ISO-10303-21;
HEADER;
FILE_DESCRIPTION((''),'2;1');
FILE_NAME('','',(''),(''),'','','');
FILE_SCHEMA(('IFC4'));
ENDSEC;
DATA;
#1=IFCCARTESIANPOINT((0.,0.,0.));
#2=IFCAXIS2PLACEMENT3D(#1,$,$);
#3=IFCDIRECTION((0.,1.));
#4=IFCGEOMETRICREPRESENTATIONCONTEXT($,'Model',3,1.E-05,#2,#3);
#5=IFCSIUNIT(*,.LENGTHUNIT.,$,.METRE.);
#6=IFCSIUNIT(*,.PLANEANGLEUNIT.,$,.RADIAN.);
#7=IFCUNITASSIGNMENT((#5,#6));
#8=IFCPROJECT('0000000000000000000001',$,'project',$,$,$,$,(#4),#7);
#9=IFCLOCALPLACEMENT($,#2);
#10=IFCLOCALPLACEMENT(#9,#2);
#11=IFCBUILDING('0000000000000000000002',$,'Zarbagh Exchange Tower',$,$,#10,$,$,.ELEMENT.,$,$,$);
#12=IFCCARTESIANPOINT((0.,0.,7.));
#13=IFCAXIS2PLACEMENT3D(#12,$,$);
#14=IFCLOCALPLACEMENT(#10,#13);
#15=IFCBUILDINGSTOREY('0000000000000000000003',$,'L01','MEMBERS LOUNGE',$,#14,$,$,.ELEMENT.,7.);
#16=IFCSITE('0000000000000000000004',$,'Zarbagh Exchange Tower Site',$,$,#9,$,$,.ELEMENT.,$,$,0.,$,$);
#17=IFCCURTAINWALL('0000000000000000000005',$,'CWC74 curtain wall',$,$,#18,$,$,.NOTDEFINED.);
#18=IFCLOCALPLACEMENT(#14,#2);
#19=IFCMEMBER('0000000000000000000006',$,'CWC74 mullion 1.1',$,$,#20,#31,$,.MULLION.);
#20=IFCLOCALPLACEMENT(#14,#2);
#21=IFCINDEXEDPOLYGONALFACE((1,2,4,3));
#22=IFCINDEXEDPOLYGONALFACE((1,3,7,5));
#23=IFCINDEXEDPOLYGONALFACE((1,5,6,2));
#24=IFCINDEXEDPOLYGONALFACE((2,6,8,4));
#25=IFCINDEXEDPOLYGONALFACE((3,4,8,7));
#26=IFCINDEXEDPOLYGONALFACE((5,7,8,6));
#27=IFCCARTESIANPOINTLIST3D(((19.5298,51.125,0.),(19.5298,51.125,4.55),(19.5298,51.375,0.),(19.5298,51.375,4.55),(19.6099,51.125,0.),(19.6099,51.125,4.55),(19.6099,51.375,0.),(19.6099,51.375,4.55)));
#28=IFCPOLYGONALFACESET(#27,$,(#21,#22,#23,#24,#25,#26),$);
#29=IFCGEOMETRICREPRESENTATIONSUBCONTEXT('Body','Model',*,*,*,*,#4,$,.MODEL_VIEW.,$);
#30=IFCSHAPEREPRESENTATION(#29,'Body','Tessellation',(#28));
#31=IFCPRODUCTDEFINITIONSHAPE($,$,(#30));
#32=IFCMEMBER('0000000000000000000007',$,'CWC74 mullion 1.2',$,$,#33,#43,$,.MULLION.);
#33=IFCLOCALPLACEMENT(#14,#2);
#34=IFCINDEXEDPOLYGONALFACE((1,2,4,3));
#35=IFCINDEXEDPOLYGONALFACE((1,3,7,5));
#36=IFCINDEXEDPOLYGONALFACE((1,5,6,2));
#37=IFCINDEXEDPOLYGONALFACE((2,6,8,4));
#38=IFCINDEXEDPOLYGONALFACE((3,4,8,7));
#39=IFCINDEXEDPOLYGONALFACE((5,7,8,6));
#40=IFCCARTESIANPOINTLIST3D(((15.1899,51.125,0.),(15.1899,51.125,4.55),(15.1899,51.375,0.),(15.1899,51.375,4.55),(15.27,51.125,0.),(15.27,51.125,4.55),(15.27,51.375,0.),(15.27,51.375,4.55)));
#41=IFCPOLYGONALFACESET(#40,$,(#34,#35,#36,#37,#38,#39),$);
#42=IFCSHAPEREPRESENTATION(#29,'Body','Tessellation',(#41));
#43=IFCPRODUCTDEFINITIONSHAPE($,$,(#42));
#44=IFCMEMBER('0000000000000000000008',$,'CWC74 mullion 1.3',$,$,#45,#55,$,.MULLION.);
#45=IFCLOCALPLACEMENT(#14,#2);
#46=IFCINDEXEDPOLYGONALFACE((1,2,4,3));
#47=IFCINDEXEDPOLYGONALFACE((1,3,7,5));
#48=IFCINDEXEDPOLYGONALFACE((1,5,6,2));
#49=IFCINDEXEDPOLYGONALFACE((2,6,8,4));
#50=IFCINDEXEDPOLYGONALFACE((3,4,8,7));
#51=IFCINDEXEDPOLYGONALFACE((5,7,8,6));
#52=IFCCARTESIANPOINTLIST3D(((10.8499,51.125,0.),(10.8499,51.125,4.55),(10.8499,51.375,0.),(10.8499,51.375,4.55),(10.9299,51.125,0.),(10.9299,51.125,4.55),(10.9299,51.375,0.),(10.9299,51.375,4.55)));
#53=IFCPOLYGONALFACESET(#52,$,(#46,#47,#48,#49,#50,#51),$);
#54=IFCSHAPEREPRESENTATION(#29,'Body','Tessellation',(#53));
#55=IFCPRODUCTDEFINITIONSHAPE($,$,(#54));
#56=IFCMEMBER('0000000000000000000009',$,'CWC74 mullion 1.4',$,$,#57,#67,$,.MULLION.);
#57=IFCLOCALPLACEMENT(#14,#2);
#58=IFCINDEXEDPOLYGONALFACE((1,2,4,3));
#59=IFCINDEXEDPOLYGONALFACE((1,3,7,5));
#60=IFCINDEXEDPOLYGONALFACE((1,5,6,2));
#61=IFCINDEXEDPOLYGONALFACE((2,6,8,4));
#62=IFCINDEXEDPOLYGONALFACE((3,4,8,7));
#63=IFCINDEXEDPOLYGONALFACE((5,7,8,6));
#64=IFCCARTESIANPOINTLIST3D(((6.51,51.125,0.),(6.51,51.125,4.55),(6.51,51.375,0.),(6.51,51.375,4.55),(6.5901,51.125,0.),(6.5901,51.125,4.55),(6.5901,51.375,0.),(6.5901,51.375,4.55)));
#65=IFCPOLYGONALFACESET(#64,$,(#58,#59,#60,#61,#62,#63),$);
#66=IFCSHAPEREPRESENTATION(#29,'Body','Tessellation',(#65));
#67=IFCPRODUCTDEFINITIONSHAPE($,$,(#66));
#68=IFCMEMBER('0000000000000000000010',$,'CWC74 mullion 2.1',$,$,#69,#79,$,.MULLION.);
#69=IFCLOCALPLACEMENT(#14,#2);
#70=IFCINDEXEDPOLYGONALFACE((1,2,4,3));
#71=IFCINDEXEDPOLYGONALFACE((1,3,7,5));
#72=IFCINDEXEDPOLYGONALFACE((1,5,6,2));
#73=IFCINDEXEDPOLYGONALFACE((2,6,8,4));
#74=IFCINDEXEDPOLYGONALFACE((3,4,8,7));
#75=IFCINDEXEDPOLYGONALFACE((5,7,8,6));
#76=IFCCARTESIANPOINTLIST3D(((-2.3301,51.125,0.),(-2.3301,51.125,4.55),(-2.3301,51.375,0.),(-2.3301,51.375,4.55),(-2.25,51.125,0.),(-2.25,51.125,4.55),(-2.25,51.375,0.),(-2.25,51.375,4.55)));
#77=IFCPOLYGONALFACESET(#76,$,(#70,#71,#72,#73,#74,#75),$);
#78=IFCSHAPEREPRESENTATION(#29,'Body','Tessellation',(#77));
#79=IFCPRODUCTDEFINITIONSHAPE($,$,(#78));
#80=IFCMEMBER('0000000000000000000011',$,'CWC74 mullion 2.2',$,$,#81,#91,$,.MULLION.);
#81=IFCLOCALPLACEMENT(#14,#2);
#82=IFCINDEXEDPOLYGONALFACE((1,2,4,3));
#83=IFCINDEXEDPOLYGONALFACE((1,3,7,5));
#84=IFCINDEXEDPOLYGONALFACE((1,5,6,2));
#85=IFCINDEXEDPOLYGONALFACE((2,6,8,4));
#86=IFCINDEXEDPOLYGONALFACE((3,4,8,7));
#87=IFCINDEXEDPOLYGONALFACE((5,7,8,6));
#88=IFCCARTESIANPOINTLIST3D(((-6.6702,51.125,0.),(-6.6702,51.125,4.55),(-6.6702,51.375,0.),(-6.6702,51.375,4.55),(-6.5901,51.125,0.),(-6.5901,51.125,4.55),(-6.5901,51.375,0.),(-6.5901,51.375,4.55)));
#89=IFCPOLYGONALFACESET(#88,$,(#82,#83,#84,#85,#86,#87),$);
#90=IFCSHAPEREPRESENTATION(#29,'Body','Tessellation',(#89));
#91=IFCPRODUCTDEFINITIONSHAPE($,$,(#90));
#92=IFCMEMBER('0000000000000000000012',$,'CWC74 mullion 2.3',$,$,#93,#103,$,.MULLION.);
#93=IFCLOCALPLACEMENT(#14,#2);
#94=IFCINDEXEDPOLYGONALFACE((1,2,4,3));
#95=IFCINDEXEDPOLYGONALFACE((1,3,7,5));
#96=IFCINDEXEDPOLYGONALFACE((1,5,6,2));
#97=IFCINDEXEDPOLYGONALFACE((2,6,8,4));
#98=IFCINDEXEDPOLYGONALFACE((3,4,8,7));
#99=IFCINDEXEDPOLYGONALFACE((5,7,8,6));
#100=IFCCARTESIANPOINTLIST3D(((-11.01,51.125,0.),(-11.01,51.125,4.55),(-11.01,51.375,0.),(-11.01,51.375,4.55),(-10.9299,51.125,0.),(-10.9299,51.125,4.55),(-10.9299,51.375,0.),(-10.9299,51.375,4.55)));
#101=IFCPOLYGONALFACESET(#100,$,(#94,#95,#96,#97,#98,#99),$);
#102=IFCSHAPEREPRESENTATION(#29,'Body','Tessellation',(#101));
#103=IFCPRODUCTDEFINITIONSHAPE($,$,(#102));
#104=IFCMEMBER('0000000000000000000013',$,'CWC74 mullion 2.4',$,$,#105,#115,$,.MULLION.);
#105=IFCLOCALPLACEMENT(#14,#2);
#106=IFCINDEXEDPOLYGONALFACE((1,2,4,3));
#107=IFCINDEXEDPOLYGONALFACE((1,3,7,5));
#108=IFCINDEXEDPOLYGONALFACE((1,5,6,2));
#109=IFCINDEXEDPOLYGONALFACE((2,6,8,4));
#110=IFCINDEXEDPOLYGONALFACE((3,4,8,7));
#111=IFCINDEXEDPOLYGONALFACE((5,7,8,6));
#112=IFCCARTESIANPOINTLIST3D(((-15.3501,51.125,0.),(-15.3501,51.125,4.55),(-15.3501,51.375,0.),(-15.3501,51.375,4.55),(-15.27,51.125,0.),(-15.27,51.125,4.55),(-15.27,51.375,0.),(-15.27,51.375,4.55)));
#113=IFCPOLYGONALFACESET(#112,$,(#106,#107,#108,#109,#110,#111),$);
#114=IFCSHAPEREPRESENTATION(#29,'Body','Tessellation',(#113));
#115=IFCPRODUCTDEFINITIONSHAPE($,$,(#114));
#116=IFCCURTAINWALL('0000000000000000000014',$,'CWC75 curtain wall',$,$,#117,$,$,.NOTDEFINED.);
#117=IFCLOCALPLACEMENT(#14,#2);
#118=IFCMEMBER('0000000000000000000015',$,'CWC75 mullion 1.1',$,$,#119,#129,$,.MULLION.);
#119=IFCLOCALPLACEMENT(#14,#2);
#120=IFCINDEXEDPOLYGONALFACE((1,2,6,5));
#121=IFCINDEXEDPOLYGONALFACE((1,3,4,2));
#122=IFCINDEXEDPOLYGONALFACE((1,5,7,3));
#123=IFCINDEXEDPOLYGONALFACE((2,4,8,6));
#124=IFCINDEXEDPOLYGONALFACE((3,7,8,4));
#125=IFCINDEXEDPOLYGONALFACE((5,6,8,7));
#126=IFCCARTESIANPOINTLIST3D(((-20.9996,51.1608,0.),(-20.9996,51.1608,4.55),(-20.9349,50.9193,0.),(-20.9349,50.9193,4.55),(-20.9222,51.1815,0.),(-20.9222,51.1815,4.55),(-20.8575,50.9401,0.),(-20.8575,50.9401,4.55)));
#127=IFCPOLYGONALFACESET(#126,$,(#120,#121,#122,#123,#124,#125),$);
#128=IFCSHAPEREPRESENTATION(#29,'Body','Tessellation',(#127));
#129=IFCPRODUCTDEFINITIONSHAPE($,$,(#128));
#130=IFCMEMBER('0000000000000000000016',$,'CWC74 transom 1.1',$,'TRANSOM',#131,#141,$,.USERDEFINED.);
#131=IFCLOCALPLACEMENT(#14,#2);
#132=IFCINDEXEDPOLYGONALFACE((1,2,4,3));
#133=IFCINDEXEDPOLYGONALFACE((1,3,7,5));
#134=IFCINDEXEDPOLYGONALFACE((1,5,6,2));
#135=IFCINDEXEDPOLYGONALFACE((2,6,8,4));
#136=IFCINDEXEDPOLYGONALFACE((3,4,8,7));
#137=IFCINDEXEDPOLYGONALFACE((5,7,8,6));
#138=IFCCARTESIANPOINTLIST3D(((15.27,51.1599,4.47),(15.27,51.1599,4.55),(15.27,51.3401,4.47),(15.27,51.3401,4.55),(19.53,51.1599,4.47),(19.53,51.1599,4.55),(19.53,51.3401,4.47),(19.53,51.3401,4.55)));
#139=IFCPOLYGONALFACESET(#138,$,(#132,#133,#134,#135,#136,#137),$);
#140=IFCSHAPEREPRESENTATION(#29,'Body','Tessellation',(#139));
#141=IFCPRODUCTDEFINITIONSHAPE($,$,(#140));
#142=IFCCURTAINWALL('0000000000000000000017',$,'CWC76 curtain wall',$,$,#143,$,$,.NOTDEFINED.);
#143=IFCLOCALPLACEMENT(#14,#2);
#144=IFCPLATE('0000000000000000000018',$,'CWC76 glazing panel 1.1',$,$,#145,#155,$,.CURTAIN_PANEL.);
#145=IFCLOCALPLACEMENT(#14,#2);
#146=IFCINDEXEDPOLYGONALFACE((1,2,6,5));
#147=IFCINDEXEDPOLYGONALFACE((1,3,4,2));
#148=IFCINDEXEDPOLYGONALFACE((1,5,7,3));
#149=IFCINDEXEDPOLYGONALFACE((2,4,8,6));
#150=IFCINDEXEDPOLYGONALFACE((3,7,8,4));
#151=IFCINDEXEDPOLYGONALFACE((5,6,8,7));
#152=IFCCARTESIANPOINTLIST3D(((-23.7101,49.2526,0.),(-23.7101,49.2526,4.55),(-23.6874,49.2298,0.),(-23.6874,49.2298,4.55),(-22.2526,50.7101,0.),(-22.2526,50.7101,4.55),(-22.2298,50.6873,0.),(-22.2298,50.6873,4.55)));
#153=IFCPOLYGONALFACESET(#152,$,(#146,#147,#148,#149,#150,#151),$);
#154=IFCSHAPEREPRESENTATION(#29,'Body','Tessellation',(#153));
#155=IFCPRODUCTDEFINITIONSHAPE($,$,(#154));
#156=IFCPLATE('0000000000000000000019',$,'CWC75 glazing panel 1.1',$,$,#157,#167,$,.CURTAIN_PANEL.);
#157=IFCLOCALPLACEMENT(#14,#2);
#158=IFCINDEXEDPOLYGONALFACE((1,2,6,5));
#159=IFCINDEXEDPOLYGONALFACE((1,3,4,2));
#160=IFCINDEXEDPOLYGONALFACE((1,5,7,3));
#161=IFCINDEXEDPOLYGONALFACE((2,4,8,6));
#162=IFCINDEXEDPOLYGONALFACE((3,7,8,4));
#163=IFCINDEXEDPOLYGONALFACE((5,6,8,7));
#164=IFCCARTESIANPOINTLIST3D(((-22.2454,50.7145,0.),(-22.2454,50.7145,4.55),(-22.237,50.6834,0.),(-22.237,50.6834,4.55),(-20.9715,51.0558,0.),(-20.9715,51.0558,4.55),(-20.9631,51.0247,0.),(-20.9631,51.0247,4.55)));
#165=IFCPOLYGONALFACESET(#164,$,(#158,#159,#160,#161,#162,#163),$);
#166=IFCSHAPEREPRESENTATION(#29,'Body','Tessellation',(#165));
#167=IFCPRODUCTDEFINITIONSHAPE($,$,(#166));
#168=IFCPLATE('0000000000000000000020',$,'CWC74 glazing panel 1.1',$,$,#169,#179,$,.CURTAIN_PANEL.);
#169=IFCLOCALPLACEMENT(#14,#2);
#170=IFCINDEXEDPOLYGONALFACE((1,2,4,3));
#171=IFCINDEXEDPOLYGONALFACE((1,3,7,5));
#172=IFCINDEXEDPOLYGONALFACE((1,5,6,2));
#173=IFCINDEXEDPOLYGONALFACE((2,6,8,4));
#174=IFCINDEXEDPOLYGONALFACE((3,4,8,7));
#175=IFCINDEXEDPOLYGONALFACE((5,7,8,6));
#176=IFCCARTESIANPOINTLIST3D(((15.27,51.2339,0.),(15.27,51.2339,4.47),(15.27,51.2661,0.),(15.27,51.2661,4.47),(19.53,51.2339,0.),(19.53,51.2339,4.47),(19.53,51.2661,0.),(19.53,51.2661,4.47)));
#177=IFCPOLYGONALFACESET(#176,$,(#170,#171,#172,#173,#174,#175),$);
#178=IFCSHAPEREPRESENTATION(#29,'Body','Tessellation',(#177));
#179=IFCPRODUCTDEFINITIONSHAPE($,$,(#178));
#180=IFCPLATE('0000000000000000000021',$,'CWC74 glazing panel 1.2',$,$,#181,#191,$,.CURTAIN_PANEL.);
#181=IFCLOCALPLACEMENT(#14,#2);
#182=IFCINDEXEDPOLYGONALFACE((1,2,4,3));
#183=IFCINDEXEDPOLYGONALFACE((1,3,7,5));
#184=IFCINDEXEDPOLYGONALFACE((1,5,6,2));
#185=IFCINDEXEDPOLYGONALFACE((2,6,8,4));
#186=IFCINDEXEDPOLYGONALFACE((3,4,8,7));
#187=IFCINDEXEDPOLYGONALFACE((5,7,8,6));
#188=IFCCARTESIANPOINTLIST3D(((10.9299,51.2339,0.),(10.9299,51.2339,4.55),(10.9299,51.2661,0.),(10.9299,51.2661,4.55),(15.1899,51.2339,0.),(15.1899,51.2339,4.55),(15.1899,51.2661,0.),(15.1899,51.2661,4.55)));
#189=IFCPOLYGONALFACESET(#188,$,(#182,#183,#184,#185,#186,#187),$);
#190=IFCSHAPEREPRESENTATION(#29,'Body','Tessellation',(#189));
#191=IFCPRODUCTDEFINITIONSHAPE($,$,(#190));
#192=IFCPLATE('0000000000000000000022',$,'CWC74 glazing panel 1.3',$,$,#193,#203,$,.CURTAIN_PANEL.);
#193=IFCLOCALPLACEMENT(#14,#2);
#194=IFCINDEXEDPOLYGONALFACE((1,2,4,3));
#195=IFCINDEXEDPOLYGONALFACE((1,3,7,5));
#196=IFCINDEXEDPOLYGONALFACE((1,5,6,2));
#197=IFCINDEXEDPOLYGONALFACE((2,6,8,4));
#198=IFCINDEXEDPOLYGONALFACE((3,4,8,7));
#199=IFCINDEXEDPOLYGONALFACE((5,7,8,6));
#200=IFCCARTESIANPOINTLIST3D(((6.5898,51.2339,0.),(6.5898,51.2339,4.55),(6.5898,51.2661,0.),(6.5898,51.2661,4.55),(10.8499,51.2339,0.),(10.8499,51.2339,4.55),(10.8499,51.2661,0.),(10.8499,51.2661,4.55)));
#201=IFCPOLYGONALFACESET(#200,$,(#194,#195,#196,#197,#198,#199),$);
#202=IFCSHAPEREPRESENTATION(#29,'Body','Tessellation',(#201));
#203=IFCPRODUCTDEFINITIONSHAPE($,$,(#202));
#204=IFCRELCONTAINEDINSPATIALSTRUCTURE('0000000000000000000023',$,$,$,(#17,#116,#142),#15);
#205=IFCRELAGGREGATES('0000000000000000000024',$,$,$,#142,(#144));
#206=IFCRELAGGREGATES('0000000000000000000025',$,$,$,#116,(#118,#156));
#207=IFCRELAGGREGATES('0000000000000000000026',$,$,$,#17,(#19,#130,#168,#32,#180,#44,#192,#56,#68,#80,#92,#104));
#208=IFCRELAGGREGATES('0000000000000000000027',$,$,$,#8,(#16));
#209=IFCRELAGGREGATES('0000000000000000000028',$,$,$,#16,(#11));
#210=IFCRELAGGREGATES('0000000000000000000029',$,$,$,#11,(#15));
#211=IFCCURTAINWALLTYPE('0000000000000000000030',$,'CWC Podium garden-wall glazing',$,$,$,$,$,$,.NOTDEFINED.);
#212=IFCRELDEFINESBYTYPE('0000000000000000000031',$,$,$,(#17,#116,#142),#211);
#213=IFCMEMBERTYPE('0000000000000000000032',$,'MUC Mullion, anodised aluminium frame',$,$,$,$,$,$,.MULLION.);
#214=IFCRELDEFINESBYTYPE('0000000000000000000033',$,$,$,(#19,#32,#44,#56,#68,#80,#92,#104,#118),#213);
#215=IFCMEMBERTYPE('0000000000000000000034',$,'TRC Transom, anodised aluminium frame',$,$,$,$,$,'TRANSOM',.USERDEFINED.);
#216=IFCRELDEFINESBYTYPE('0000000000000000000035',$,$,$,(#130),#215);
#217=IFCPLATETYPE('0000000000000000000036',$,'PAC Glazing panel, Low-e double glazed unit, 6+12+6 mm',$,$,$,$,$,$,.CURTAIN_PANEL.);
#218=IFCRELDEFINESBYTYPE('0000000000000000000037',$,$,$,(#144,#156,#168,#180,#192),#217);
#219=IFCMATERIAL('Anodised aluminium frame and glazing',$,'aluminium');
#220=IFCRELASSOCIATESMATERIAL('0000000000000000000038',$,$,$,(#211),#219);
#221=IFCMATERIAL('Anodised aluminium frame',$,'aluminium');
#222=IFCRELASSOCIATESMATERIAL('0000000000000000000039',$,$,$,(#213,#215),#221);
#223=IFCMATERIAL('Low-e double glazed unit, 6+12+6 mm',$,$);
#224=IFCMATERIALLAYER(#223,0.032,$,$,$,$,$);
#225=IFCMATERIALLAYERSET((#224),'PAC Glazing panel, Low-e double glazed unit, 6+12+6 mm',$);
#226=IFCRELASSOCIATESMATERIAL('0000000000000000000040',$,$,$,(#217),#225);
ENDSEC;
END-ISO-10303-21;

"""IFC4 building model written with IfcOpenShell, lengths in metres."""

from ifc_helpers import new_model, si_unit, direction, frame, origin, place, context, subcontext, project, spatial, polyline, outline, extrude, source, transform, mapped, material, layer, layer_set, type_object, element, aggregate, save


model = new_model("IFC4")

# Units and contexts
model_context = context("Model", 3, precision=1e-05, world=origin(), true_north=direction((0.0, 1.0)))
body_context = subcontext(model_context, "Body", "Model", "MODEL_VIEW")
ifc_project = project(units=[si_unit("LENGTHUNIT", "METRE"), si_unit("PLANEANGLEUNIT", "RADIAN")], contexts=[model_context])

# Site, building, storey
site_placement = place(None, origin())
site = spatial("IfcSite", under=ifc_project, at=site_placement, Name="Zarbagh Exchange Tower Site", CompositionType="ELEMENT", RefElevation=0.0)
building_placement = place(site_placement, origin())
building = spatial("IfcBuilding", under=site, at=building_placement, Name="Zarbagh Exchange Tower", CompositionType="ELEMENT")
storey_placement = place(building_placement, frame((0.0, 0.0, 7.0)))
storey = spatial("IfcBuildingStorey", under=building, at=storey_placement, Name="L01", Description="MEMBERS LOUNGE", CompositionType="ELEMENT", Elevation=7.0)

# Curtain wall, members
ifc_material_1 = material(Name="Anodised aluminium frame and glazing", Category="aluminium")
curtain_wall_type = type_object("IfcCurtainWallType", Name="CWC Podium garden-wall glazing", PredefinedType="NOTDEFINED", material=ifc_material_1)
curtain_wall_1_placement = place(storey_placement, origin())
curtain_wall_1 = element("IfcCurtainWall", 1, at=curtain_wall_1_placement, inside=storey, type_object=curtain_wall_type, Name="CWC74 curtain wall", PredefinedType="NOTDEFINED")
ifc_material_2 = material(Name="Anodised aluminium frame", Category="aluminium")
member_type_1 = type_object("IfcMemberType", Name="MUC Mullion, anodised aluminium frame", PredefinedType="MULLION", material=ifc_material_2)
shared_shape_1 = source(origin(), body_context, "Body", "SweptSolid", [
    extrude(outline(polyline([(0.0, -0.125), (0.0801, -0.125), (0.0801, 0.125), (0.0, 0.125), (0.0, -0.125)])), origin(), (0.0, 0.0, 1.0), 4.55),
])
placement = place(storey_placement, origin())
member_1 = element("IfcMember", 2, at=placement, type_object=member_type_1, Name="CWC74 mullion 1.1", PredefinedType="MULLION", context=body_context, shape_type="MappedRepresentation", body=[
    mapped(shared_shape_1, transform((19.6099, 51.25, 0.0), x_axis=(-1.0, 0.0, 0.0), y_axis=(0.0, -1.0, 0.0), z_axis=(0.0, 0.0, 1.0))),
])
member_2 = element("IfcMember", 3, at=placement, type_object=member_type_1, Name="CWC74 mullion 1.2", PredefinedType="MULLION", context=body_context, shape_type="MappedRepresentation", body=[
    mapped(shared_shape_1, transform((15.27, 51.25, 0.0), x_axis=(-1.0, 0.0, 0.0), y_axis=(0.0, -1.0, 0.0), z_axis=(0.0, 0.0, 1.0))),
])
member_3 = element("IfcMember", 4, at=placement, type_object=member_type_1, Name="CWC74 mullion 1.3", PredefinedType="MULLION", context=body_context, shape_type="MappedRepresentation", body=[
    mapped(shared_shape_1, transform((10.9299, 51.25, 0.0), x_axis=(-1.0, 0.0, 0.0), y_axis=(0.0, -1.0, 0.0), z_axis=(0.0, 0.0, 1.0))),
])
member_4 = element("IfcMember", 5, at=placement, type_object=member_type_1, Name="CWC74 mullion 1.4", PredefinedType="MULLION", context=body_context, shape_type="MappedRepresentation", body=[
    mapped(shared_shape_1, transform((6.5901, 51.25, 0.0), x_axis=(-1.0, 0.0, 0.0), y_axis=(0.0, -1.0, 0.0), z_axis=(0.0, 0.0, 1.0))),
])
member_5 = element("IfcMember", 6, at=placement, type_object=member_type_1, Name="CWC74 mullion 2.1", PredefinedType="MULLION", context=body_context, shape_type="MappedRepresentation", body=[
    mapped(shared_shape_1, transform((-2.25, 51.25, 0.0), x_axis=(-1.0, 0.0, 0.0), y_axis=(0.0, -1.0, 0.0), z_axis=(0.0, 0.0, 1.0))),
])
member_6 = element("IfcMember", 7, at=placement, type_object=member_type_1, Name="CWC74 mullion 2.2", PredefinedType="MULLION", context=body_context, shape_type="MappedRepresentation", body=[
    mapped(shared_shape_1, transform((-6.5901, 51.25, 0.0), x_axis=(-1.0, 0.0, 0.0), y_axis=(0.0, -1.0, 0.0), z_axis=(0.0, 0.0, 1.0))),
])
member_7 = element("IfcMember", 8, at=placement, type_object=member_type_1, Name="CWC74 mullion 2.3", PredefinedType="MULLION", context=body_context, shape_type="MappedRepresentation", body=[
    mapped(shared_shape_1, transform((-10.9299, 51.25, 0.0), x_axis=(-1.0, 0.0, 0.0), y_axis=(0.0, -1.0, 0.0), z_axis=(0.0, 0.0, 1.0))),
])
member_8 = element("IfcMember", 9, at=placement, type_object=member_type_1, Name="CWC74 mullion 2.4", PredefinedType="MULLION", context=body_context, shape_type="MappedRepresentation", body=[
    mapped(shared_shape_1, transform((-15.27, 51.25, 0.0), x_axis=(-1.0, 0.0, 0.0), y_axis=(0.0, -1.0, 0.0), z_axis=(0.0, 0.0, 1.0))),
])

# Curtain wall, member
curtain_wall_2_placement = place(storey_placement, origin())
curtain_wall_2 = element("IfcCurtainWall", 10, at=curtain_wall_2_placement, inside=storey, type_object=curtain_wall_type, Name="CWC75 curtain wall", PredefinedType="NOTDEFINED")
member_9 = element("IfcMember", 11, at=placement, type_object=member_type_1, Name="CWC75 mullion 1.1", PredefinedType="MULLION", context=body_context, shape_type="MappedRepresentation", body=[
    mapped(shared_shape_1, transform((-20.8899, 51.0608, 0.0), x_axis=(-0.965924, -0.258825, 0.0), y_axis=(0.258825, -0.965924, 0.0), z_axis=(0.0, 0.0, 1.0))),
])

# Member
member_type_2 = type_object("IfcMemberType", Name="TRC Transom, anodised aluminium frame", ElementType="TRANSOM", PredefinedType="USERDEFINED", material=ifc_material_2)
shared_shape_2 = source(origin(), body_context, "Body", "SweptSolid", [
    extrude(outline(polyline([(-0.0801, -0.0901), (0.0, -0.0901), (0.0, 0.0901), (-0.0801, 0.0901), (-0.0801, -0.0901)])), origin(), (0.0, 0.0, 1.0), 4.26),
])
member_10 = element("IfcMember", 12, at=placement, type_object=member_type_2, Name="CWC74 transom 1.1", ObjectType="TRANSOM", PredefinedType="USERDEFINED", context=body_context, shape_type="MappedRepresentation", body=[
    mapped(shared_shape_2, transform((19.53, 51.25, 4.55), x_axis=(0.0, 0.0, 1.0), y_axis=(0.0, 1.0, 0.0), z_axis=(-1.0, 0.0, 0.0))),
])

# Curtain wall, plate
curtain_wall_3_placement = place(storey_placement, origin())
curtain_wall_3 = element("IfcCurtainWall", 13, at=curtain_wall_3_placement, inside=storey, type_object=curtain_wall_type, Name="CWC76 curtain wall", PredefinedType="NOTDEFINED")
ifc_material_3 = material(Name="Low-e double glazed unit, 6+12+6 mm")
ifc_layer = layer(ifc_material_3, 0.032)
ifc_layer_set = layer_set([ifc_layer], Name="PAC Glazing panel, Low-e double glazed unit, 6+12+6 mm")
plate_type = type_object("IfcPlateType", Name="PAC Glazing panel, Low-e double glazed unit, 6+12+6 mm", PredefinedType="CURTAIN_PANEL", material=ifc_layer_set)
shared_shape_3 = source(origin(), body_context, "Body", "SweptSolid", [
    extrude(outline(polyline([(0.0, -0.0161), (2.0613, -0.0161), (2.0613, 0.0161), (0.0, 0.0161), (0.0, -0.0161)])), origin(), (0.0, 0.0, 1.0), 4.55),
])
plate_1 = element("IfcPlate", 14, at=placement, type_object=plate_type, Name="CWC76 glazing panel 1.1", PredefinedType="CURTAIN_PANEL", context=body_context, shape_type="MappedRepresentation", body=[
    mapped(shared_shape_3, transform((-22.2412, 50.6987, 0.0), x_axis=(-0.707107, -0.707107, 0.0), y_axis=(0.707107, -0.707107, 0.0), z_axis=(0.0, 0.0, 1.0))),
])
aggregate(curtain_wall_3, [plate_1])

# Plates
shared_shape_4 = source(origin(), body_context, "Body", "SweptSolid", [
    extrude(outline(polyline([(0.0, -0.0161), (1.3188, -0.0161), (1.3188, 0.0161), (0.0, 0.0161), (0.0, -0.0161)])), origin(), (0.0, 0.0, 1.0), 4.55),
])
plate_2 = element("IfcPlate", 15, at=placement, type_object=plate_type, Name="CWC75 glazing panel 1.1", PredefinedType="CURTAIN_PANEL", context=body_context, shape_type="MappedRepresentation", body=[
    mapped(shared_shape_4, transform((-20.9673, 51.0403, 0.0), x_axis=(-0.965924, -0.258825, 0.0), y_axis=(0.258825, -0.965924, 0.0), z_axis=(0.0, 0.0, 1.0))),
])
aggregate(curtain_wall_2, [member_9, plate_2])
shared_shape_5 = source(origin(), body_context, "Body", "SweptSolid", [
    extrude(outline(polyline([(0.0, -0.0161), (4.26, -0.0161), (4.26, 0.0161), (0.0, 0.0161), (0.0, -0.0161)])), origin(), (0.0, 0.0, 1.0), 4.47),
])
plate_3 = element("IfcPlate", 16, at=placement, type_object=plate_type, Name="CWC74 glazing panel 1.1", PredefinedType="CURTAIN_PANEL", context=body_context, shape_type="MappedRepresentation", body=[
    mapped(shared_shape_5, transform((19.53, 51.25, 0.0), x_axis=(-1.0, 0.0, 0.0), y_axis=(0.0, -1.0, 0.0), z_axis=(0.0, 0.0, 1.0))),
])
shared_shape_6 = source(origin(), body_context, "Body", "SweptSolid", [
    extrude(outline(polyline([(0.0, -0.0161), (4.26, -0.0161), (4.26, 0.0161), (0.0, 0.0161), (0.0, -0.0161)])), origin(), (0.0, 0.0, 1.0), 4.55),
])
plate_4 = element("IfcPlate", 17, at=placement, type_object=plate_type, Name="CWC74 glazing panel 1.2", PredefinedType="CURTAIN_PANEL", context=body_context, shape_type="MappedRepresentation", body=[
    mapped(shared_shape_6, transform((15.1899, 51.25, 0.0), x_axis=(-1.0, 0.0, 0.0), y_axis=(0.0, -1.0, 0.0), z_axis=(0.0, 0.0, 1.0))),
])
plate_5 = element("IfcPlate", 18, at=placement, type_object=plate_type, Name="CWC74 glazing panel 1.3", PredefinedType="CURTAIN_PANEL", context=body_context, shape_type="MappedRepresentation", body=[
    mapped(shared_shape_6, transform((10.8499, 51.25, 0.0), x_axis=(-1.0, 0.0, 0.0), y_axis=(0.0, -1.0, 0.0), z_axis=(0.0, 0.0, 1.0))),
])
aggregate(curtain_wall_1, [member_1, member_10, plate_3, member_2, plate_4, member_3, plate_5, member_4, member_5, member_6, member_7, member_8])

save(model, "model.ifc")
